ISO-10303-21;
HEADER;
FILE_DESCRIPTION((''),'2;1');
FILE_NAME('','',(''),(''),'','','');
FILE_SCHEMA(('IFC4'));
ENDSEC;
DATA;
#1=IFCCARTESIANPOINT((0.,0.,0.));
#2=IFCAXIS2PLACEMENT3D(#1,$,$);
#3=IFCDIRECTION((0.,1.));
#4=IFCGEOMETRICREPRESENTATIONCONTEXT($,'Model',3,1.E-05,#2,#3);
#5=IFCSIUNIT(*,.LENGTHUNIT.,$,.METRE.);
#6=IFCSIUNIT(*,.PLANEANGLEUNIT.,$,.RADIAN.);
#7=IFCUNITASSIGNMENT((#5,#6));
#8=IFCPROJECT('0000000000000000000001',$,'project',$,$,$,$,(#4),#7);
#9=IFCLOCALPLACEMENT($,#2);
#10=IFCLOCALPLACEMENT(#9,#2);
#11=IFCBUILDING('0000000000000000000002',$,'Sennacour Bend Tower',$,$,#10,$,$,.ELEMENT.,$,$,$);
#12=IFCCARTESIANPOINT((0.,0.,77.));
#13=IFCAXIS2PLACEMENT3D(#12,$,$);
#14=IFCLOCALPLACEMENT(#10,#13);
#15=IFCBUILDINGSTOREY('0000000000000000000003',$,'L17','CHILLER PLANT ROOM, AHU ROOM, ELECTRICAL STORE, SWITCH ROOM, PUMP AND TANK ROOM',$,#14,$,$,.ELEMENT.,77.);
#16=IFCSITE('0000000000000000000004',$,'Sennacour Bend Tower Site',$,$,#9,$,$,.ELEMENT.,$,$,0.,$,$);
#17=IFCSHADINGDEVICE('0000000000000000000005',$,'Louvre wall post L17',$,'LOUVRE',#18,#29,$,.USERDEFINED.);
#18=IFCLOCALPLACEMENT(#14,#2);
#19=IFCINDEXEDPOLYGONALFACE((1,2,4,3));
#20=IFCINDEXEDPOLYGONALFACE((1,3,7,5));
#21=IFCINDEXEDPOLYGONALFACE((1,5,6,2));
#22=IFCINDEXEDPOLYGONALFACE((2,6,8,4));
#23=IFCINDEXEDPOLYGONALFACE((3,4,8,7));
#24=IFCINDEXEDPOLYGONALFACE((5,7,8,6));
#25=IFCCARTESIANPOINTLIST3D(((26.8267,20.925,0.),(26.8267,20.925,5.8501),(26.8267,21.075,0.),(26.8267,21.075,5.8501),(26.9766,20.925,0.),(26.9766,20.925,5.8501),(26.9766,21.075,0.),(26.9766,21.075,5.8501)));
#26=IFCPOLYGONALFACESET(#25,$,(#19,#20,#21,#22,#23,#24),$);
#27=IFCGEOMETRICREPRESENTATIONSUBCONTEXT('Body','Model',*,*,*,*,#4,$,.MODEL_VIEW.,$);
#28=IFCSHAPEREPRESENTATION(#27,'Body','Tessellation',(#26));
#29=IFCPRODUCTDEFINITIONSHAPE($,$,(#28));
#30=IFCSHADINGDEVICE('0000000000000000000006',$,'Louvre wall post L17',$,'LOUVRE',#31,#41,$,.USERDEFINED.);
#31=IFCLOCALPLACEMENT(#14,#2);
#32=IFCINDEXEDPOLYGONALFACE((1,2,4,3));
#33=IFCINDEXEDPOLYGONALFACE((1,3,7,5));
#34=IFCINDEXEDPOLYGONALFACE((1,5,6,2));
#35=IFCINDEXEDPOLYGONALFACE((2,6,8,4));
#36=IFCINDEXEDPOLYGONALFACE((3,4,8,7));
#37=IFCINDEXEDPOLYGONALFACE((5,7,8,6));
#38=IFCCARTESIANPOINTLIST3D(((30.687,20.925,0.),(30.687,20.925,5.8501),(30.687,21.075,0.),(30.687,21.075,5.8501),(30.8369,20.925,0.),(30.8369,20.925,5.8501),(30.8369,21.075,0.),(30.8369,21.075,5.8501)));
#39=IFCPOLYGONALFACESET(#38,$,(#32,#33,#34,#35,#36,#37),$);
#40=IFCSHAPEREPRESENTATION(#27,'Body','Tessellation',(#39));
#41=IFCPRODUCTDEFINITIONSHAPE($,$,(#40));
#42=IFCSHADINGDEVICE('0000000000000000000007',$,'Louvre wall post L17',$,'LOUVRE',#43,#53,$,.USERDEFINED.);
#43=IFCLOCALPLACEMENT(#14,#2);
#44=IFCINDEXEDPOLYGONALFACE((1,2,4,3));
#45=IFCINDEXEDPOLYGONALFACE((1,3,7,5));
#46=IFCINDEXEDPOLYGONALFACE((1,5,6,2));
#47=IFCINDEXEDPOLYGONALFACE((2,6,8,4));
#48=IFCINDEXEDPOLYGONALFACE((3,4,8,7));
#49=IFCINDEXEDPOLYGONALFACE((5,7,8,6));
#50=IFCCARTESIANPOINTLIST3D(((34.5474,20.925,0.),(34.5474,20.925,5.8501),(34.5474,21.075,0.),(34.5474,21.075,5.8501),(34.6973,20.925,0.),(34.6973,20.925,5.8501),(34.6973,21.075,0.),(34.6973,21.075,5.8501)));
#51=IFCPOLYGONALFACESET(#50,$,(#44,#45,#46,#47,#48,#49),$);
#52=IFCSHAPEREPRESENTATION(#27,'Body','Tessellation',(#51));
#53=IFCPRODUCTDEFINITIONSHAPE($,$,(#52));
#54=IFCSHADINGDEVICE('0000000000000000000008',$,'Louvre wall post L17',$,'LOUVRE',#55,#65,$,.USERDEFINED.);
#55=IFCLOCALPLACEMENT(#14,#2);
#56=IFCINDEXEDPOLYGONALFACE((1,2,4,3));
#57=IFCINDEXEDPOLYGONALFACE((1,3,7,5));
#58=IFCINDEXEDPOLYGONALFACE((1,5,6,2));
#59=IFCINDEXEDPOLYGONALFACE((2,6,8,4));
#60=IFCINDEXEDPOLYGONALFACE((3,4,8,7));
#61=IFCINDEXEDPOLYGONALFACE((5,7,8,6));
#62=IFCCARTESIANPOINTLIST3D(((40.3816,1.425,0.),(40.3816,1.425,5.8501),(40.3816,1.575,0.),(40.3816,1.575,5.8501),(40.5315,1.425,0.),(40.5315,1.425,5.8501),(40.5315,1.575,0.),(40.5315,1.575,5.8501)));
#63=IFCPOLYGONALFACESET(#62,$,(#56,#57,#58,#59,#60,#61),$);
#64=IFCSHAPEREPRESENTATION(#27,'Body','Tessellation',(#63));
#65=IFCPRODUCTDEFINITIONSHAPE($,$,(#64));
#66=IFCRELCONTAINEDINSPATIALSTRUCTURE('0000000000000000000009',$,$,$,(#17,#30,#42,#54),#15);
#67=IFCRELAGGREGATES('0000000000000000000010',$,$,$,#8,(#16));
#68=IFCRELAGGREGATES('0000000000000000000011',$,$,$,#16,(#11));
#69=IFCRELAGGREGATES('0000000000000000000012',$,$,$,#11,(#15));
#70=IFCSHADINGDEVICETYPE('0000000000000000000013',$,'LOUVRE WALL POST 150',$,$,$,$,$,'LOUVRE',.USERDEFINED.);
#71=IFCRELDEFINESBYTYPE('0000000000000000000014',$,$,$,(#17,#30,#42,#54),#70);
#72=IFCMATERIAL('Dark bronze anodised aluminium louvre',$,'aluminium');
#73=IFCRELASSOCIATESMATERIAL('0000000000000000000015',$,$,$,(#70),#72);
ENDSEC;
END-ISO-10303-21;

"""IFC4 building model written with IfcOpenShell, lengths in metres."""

from ifc_helpers import new_model, si_unit, direction, frame, origin, origin_2d, place, context, subcontext, project, spatial, rectangle, extrude, material, type_object, element, save


model = new_model("IFC4")

# Units and contexts
model_context = context("Model", 3, precision=1e-05, world=origin(), true_north=direction((0.0, 1.0)))
body_context = subcontext(model_context, "Body", "Model", "MODEL_VIEW")
ifc_project = project(units=[si_unit("LENGTHUNIT", "METRE"), si_unit("PLANEANGLEUNIT", "RADIAN")], contexts=[model_context])

# Site, building, storey
site_placement = place(None, origin())
site = spatial("IfcSite", under=ifc_project, at=site_placement, Name="Sennacour Bend Tower Site", CompositionType="ELEMENT", RefElevation=0.0)
building_placement = place(site_placement, origin())
building = spatial("IfcBuilding", under=site, at=building_placement, Name="Sennacour Bend Tower", CompositionType="ELEMENT")
storey_placement = place(building_placement, frame((0.0, 0.0, 77.0)))
storey = spatial("IfcBuildingStorey", under=building, at=storey_placement, Name="L17", Description="CHILLER PLANT ROOM, AHU ROOM, ELECTRICAL STORE, SWITCH ROOM, PUMP AND TANK ROOM", CompositionType="ELEMENT", Elevation=77.0)

# Shading devices
ifc_material_1 = material(Name="Dark bronze anodised aluminium louvre", Category="aluminium")
shading_device_type_1 = type_object("IfcShadingDeviceType", Name="LOUVRE WALL POST 150", ElementType="LOUVRE", PredefinedType="USERDEFINED", material=ifc_material_1)
for number, where, z_axis, x_axis, name in (
    (1, (26.9016, 21.0, 0.0), (0.0, 0.0, 1.0), (1.0, 0.0, 0.0), "Louvre wall post L17"),
    (2, (30.762, 21.0, 0.0), (0.0, 0.0, 1.0), (1.0, 0.0, 0.0), "Louvre wall post L17"),
    (3, (34.6223, 21.0, 0.0), (0.0, 0.0, 1.0), (1.0, 0.0, 0.0), "Louvre wall post L17"),
    (4, (40.4565, 1.5, 0.0), (0.0, 0.0, 1.0), (1.0, 0.0, 0.0), "Louvre wall post L17"),
):
    element("IfcShadingDevice", number, at=place(storey_placement, frame(where, z_axis=z_axis, x_axis=x_axis)), inside=storey, type_object=shading_device_type_1, Name=name, ObjectType="LOUVRE", PredefinedType="USERDEFINED", context=body_context, shape_type="SweptSolid", body=[
        extrude(rectangle(XDim=0.1499, YDim=0.1499, at=origin_2d()), origin(), (0.0, 0.0, 1.0), 5.8501),
    ])

save(model, "model.ifc")
